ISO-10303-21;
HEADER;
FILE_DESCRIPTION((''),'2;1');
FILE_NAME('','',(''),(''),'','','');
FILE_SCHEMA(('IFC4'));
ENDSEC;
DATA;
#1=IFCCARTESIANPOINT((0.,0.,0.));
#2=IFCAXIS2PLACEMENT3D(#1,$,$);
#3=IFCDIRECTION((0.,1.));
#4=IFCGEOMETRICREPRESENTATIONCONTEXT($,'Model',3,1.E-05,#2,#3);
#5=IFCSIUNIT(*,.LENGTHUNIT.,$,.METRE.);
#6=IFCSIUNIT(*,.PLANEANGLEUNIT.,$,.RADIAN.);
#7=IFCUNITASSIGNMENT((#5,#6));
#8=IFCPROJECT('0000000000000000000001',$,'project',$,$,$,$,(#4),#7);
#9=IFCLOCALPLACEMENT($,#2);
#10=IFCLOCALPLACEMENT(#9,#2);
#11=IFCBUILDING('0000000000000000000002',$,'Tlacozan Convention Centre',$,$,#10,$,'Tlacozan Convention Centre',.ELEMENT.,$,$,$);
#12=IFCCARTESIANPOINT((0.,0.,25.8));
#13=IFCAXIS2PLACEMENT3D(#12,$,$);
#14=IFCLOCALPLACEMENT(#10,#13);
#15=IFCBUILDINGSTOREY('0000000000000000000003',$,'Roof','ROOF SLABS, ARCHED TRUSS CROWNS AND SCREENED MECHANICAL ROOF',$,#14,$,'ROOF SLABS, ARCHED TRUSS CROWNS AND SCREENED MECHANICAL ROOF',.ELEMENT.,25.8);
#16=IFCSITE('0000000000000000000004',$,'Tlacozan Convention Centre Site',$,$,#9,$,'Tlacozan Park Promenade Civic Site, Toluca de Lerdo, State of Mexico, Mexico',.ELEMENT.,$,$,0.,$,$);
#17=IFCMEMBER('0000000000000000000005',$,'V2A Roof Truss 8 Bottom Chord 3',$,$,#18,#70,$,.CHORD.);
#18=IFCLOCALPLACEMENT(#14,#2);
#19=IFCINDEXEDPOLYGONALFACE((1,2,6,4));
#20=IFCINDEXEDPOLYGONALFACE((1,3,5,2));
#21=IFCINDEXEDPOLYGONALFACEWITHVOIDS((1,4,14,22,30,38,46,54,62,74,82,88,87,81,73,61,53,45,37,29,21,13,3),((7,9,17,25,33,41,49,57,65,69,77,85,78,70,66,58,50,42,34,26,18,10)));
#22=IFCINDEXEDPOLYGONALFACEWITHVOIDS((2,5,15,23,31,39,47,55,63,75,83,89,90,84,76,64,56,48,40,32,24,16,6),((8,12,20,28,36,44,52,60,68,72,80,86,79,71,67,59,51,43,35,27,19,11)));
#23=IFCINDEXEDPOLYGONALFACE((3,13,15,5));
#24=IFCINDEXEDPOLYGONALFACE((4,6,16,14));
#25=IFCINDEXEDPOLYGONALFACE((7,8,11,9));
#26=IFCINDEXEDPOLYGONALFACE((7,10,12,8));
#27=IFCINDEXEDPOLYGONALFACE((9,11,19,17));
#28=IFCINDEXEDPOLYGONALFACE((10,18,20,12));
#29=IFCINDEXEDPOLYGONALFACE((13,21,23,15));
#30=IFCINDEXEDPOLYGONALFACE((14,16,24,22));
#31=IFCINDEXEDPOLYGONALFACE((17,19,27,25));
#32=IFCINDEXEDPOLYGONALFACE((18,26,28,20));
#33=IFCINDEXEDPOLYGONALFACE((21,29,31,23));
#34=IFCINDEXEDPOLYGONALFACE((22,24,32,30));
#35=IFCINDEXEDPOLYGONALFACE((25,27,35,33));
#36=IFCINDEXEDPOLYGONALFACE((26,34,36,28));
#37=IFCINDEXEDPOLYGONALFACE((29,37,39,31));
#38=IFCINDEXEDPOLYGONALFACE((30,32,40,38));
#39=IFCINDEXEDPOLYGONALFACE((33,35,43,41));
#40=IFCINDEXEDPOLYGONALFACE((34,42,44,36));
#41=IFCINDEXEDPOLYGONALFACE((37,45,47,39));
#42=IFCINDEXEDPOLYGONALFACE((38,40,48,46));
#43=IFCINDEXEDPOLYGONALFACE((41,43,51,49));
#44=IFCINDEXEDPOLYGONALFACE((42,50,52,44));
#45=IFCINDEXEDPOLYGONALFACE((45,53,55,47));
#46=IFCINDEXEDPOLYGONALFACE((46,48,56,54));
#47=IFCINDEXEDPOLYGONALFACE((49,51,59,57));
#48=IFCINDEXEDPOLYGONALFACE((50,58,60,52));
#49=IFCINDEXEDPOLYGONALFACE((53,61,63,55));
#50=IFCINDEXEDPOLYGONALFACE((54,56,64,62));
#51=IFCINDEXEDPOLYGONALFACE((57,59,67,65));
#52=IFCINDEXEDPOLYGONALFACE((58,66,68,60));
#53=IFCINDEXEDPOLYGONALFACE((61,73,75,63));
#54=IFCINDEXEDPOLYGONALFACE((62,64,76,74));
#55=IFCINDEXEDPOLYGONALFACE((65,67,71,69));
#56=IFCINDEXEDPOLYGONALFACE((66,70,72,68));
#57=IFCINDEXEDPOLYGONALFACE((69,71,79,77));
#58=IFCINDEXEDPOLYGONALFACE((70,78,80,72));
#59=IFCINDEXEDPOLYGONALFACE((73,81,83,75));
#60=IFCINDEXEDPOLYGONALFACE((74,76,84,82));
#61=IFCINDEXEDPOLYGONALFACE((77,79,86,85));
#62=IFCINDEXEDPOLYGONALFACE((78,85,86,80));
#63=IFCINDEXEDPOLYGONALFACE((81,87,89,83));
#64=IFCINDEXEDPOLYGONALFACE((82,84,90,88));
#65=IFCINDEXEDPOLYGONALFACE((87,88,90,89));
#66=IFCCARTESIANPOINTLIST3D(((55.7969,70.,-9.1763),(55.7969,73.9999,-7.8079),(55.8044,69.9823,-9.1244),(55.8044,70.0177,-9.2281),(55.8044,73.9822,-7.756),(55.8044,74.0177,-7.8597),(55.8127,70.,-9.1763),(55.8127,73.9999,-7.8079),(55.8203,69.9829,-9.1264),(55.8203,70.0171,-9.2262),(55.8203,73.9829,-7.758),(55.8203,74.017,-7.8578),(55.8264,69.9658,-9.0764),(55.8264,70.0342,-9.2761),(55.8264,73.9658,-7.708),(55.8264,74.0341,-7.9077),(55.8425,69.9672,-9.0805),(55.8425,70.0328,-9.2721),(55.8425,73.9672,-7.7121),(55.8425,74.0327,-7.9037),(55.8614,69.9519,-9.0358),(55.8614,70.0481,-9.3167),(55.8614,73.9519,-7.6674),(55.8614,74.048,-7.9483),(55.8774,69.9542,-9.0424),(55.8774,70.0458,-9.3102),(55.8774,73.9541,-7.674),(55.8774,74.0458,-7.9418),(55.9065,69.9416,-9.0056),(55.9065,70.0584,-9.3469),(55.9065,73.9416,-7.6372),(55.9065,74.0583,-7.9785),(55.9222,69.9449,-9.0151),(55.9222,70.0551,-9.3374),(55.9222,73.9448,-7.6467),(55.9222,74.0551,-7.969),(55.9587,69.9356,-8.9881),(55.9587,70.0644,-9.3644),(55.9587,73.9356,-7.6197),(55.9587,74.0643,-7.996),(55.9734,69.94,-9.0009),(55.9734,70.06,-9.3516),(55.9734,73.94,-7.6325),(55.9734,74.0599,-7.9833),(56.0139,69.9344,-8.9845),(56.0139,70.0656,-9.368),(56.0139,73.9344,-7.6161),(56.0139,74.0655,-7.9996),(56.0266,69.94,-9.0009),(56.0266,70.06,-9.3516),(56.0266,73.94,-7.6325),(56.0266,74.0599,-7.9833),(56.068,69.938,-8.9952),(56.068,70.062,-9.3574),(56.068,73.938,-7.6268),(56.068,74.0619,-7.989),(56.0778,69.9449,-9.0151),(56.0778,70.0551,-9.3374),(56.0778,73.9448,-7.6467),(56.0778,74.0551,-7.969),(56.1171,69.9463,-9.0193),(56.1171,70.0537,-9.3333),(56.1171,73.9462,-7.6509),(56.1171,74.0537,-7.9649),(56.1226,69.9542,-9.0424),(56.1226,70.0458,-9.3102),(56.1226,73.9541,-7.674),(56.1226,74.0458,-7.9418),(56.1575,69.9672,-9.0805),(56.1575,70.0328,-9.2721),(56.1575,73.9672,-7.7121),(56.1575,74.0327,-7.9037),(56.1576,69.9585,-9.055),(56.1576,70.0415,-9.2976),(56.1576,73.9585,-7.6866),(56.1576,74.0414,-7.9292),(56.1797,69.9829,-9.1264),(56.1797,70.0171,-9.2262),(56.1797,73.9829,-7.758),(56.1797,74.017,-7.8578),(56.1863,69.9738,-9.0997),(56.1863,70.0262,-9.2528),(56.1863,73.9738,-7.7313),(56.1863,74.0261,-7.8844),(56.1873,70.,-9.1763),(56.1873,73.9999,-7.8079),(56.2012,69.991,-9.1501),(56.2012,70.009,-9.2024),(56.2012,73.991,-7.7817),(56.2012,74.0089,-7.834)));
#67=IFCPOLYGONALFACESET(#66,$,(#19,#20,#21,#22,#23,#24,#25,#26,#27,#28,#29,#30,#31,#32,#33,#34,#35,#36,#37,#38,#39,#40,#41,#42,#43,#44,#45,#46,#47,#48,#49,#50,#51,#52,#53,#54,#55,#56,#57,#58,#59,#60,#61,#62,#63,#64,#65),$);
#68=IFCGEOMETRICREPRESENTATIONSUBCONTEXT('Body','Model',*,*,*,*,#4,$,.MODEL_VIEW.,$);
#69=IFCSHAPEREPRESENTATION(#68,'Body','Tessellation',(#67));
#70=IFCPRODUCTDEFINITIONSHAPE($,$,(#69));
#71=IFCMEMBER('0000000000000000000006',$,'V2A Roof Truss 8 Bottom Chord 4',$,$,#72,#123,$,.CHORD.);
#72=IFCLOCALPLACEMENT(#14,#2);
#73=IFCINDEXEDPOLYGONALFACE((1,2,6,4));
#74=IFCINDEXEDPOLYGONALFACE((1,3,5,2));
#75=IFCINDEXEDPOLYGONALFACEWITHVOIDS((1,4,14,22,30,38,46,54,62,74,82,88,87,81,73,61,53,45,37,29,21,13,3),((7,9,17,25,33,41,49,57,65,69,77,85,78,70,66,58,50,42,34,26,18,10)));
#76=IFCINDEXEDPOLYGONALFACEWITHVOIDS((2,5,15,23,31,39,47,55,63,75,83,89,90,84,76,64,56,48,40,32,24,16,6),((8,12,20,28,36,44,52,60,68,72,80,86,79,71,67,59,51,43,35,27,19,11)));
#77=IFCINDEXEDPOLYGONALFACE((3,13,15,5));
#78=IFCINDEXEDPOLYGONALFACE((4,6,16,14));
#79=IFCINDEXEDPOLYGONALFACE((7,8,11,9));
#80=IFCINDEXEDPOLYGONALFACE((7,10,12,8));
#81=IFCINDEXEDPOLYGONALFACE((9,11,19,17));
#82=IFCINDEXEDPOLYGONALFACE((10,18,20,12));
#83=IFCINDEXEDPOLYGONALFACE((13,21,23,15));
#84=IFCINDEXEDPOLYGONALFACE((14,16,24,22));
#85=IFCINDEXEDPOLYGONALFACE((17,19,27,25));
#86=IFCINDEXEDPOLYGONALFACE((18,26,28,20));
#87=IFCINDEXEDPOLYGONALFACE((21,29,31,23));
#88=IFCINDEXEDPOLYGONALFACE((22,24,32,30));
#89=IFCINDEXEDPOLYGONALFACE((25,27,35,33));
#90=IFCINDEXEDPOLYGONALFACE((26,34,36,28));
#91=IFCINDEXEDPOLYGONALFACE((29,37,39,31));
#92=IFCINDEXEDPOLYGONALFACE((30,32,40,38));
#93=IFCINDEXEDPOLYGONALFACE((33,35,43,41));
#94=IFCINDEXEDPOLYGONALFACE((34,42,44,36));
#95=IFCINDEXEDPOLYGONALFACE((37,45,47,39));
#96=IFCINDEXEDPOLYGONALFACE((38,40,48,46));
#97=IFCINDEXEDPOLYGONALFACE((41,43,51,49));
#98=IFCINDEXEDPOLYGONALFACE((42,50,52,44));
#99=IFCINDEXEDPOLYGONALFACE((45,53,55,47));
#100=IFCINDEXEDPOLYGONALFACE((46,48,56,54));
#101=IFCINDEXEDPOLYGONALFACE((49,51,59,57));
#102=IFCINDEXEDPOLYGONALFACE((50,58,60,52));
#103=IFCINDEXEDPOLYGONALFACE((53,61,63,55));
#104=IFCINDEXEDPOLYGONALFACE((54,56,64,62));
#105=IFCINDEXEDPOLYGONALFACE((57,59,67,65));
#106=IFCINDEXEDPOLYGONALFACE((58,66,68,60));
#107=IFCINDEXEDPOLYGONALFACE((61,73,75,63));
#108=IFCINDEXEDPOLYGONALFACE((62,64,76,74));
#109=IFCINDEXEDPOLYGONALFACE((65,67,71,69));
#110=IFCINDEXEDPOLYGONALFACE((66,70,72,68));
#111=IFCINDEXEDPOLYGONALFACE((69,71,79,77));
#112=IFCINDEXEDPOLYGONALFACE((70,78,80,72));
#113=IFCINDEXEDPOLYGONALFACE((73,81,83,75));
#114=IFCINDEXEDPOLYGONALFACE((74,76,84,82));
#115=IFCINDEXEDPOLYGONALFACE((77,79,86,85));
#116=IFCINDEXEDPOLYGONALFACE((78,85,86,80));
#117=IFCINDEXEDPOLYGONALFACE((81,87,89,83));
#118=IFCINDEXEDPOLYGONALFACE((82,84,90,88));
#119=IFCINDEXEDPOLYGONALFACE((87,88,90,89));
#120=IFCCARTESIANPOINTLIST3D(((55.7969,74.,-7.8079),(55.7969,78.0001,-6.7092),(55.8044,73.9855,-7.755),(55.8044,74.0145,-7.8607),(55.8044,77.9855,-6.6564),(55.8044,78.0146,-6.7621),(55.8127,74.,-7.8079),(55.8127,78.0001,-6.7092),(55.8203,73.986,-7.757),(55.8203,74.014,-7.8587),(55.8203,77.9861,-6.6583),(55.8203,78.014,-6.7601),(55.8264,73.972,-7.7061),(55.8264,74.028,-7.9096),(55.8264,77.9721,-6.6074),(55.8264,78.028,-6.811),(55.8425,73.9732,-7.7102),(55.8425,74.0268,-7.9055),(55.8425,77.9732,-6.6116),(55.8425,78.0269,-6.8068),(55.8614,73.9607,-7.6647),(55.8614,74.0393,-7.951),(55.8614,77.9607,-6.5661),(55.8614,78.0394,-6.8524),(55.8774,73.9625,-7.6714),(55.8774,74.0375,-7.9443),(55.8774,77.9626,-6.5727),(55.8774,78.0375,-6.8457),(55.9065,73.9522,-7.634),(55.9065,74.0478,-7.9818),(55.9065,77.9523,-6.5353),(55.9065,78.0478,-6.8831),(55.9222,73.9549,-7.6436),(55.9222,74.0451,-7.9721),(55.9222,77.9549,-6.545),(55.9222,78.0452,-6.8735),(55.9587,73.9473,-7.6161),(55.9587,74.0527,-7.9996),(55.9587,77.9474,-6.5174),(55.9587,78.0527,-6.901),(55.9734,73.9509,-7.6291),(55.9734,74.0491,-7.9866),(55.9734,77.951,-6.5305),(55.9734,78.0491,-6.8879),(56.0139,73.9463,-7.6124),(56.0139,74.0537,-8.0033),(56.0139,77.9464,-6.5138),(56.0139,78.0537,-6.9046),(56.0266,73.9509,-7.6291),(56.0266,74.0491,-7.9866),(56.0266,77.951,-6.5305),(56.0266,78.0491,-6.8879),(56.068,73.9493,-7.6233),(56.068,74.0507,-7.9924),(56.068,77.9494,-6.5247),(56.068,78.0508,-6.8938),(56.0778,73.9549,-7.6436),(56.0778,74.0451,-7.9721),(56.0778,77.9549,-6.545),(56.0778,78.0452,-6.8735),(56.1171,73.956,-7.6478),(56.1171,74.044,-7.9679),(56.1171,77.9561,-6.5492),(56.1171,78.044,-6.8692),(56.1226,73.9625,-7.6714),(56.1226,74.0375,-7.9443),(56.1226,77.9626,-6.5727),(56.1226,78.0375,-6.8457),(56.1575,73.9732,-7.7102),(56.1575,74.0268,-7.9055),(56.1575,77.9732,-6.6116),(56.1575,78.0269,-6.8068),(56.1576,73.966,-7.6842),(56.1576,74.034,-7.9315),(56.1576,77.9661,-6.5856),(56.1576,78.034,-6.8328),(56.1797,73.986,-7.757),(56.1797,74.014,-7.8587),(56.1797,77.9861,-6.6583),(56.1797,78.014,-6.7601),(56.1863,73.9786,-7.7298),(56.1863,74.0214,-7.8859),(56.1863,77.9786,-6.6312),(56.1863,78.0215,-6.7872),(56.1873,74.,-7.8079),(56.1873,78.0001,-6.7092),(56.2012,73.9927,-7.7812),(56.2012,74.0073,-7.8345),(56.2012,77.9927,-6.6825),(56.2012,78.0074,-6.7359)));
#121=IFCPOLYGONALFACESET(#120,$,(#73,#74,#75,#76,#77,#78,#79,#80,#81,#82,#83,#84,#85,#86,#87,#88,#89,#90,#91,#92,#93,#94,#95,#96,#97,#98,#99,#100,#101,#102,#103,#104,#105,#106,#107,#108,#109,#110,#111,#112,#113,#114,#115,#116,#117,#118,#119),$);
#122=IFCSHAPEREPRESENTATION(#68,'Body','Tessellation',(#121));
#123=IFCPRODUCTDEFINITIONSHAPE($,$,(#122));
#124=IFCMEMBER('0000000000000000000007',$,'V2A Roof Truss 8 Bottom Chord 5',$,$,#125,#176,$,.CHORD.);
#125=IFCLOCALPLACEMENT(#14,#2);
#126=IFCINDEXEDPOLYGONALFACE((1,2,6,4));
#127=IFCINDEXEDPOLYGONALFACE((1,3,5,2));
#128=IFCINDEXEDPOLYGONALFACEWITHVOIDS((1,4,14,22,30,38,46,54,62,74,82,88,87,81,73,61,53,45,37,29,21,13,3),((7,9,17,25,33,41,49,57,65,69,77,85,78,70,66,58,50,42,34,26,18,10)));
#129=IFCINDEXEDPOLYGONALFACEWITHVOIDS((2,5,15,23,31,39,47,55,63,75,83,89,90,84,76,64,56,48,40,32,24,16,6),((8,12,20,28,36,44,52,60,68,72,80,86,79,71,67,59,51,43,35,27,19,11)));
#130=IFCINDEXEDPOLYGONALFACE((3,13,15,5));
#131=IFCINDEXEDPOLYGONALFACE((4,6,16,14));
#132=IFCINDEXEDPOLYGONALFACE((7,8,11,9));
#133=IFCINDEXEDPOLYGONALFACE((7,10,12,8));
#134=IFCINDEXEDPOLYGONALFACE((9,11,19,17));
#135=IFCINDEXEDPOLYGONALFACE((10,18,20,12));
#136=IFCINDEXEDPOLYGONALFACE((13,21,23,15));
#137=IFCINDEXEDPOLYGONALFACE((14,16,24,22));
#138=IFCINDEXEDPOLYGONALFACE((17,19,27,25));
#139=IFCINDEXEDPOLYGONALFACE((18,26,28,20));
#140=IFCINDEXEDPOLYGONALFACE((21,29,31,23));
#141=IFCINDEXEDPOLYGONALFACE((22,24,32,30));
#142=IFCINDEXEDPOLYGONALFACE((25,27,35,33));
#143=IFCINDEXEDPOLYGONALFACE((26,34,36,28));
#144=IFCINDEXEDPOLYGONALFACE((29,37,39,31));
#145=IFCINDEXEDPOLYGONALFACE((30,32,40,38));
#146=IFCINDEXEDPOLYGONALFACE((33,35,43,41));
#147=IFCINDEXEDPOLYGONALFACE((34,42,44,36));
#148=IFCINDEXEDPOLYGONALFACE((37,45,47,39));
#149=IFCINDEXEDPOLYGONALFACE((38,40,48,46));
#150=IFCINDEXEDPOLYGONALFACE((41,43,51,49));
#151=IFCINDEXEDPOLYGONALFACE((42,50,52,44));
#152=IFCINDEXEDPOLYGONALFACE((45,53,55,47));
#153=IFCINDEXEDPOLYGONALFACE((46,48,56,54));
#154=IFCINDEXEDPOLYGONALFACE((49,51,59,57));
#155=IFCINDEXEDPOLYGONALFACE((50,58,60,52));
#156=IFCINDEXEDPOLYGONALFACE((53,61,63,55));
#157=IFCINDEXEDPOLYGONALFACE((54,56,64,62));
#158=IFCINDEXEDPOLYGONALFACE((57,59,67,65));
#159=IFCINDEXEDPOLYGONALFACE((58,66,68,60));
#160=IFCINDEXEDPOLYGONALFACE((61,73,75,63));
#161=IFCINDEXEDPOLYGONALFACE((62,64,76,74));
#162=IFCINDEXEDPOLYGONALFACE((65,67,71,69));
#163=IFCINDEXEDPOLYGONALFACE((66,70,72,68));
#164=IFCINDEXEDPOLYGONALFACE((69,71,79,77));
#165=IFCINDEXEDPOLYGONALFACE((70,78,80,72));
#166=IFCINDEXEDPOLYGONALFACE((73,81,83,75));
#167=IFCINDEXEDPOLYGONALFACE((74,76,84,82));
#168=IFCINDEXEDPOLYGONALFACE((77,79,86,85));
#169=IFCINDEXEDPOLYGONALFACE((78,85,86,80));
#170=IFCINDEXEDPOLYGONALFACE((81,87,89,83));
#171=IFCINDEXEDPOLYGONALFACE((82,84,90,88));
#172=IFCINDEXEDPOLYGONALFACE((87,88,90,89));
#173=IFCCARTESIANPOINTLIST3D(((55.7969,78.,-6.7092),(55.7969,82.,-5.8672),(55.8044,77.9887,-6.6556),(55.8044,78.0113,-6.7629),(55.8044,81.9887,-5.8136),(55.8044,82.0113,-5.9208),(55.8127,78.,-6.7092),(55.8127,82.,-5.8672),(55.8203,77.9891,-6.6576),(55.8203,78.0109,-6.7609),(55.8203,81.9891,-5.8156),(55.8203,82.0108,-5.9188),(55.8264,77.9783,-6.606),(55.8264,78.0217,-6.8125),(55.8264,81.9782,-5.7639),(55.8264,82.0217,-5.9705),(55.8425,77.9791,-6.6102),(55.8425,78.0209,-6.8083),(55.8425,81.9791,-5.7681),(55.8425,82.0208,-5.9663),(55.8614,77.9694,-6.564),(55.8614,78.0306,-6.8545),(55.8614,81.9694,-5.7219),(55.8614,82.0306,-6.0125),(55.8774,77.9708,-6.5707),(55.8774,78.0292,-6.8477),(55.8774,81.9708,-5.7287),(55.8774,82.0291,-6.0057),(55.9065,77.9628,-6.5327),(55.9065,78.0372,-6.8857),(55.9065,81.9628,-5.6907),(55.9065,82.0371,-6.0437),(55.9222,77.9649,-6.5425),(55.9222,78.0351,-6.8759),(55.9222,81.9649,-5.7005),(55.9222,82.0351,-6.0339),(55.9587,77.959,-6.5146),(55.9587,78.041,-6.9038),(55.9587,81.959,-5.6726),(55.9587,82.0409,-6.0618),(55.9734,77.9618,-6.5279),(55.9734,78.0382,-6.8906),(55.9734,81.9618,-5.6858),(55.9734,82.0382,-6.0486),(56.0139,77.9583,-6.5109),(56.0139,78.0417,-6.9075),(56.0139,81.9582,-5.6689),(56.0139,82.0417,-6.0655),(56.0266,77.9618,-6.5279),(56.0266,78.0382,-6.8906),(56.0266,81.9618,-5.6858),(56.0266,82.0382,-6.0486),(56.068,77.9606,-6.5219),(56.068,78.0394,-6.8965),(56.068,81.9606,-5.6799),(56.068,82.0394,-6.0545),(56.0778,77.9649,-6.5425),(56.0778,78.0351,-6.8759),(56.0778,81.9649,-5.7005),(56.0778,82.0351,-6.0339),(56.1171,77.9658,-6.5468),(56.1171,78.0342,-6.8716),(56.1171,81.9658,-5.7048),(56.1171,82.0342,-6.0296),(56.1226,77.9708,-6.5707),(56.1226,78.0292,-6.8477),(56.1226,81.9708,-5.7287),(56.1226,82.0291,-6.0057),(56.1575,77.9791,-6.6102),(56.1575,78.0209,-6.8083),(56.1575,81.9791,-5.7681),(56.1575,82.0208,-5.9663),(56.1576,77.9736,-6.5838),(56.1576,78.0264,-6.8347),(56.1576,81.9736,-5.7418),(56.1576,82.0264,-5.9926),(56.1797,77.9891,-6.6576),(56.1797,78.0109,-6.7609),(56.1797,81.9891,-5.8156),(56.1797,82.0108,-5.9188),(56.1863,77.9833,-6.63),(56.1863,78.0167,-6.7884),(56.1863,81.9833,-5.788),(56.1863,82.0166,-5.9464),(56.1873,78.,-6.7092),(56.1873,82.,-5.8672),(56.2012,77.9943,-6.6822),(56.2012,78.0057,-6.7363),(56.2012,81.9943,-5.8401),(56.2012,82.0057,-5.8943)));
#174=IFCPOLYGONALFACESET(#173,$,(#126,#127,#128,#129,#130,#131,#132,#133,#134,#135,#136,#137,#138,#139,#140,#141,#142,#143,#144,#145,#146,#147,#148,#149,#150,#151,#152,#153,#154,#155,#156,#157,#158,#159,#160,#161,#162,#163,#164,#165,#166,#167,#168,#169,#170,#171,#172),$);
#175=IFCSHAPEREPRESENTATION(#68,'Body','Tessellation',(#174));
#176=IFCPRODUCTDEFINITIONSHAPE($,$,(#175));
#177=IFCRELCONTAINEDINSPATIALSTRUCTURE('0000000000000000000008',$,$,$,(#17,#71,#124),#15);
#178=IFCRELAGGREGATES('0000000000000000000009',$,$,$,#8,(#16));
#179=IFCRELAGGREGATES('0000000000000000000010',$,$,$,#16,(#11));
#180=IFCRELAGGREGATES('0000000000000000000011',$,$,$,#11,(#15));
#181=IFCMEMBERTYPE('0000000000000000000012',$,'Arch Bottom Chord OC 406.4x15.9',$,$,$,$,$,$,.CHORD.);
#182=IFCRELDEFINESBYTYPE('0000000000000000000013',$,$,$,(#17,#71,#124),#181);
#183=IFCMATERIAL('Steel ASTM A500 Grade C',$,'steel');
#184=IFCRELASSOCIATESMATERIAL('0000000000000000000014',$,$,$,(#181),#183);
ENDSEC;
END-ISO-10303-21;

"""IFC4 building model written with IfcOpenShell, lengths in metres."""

from ifc_helpers import new_model, si_unit, direction, frame, origin, origin_2d, place, context, subcontext, project, spatial, hollow_circle, extrude, material, material_profile, profile_set, type_object, element, save


model = new_model("IFC4")

# Units and contexts
model_context = context("Model", 3, precision=1e-05, world=origin(), true_north=direction((0.0, 1.0)))
body_context = subcontext(model_context, "Body", "Model", "MODEL_VIEW")
ifc_project = project(units=[si_unit("LENGTHUNIT", "METRE"), si_unit("PLANEANGLEUNIT", "RADIAN")], contexts=[model_context])

# Site, building, storey
site_placement = place(None, origin())
site = spatial("IfcSite", under=ifc_project, at=site_placement, Name="Tlacozan Convention Centre Site", LongName="Tlacozan Park Promenade Civic Site, Toluca de Lerdo, State of Mexico, Mexico", CompositionType="ELEMENT", RefElevation=0.0)
building_placement = place(site_placement, origin())
building = spatial("IfcBuilding", under=site, at=building_placement, Name="Tlacozan Convention Centre", LongName="Tlacozan Convention Centre", CompositionType="ELEMENT")
storey_placement = place(building_placement, frame((0.0, 0.0, 25.8)))
storey = spatial("IfcBuildingStorey", under=building, at=storey_placement, Name="Roof", Description="ROOF SLABS, ARCHED TRUSS CROWNS AND SCREENED MECHANICAL ROOF", LongName="ROOF SLABS, ARCHED TRUSS CROWNS AND SCREENED MECHANICAL ROOF", CompositionType="ELEMENT", Elevation=25.8)

# Members
ifc_material_1 = material(Name="Steel ASTM A500 Grade C", Category="steel")
ifc_material_profile_1 = material_profile(ifc_material_1, hollow_circle(Radius=0.2031, WallThickness=0.0159, at=origin_2d()), Name="OC 406.4x15.9")
ifc_profile_set_1 = profile_set([ifc_material_profile_1], Name="Steel ASTM A500 Grade C")
member_type_1 = type_object("IfcMemberType", Name="Arch Bottom Chord OC 406.4x15.9", PredefinedType="CHORD", material=ifc_profile_set_1)
member_1_placement = place(storey_placement, frame((56.0, 70.0, -9.1763), z_axis=(0.0, 0.946165, 0.323685), x_axis=(-1.0, 0.0, 0.0)))
element("IfcMember", 1, at=member_1_placement, inside=storey, type_object=member_type_1, Name="V2A Roof Truss 8 Bottom Chord 3", PredefinedType="CHORD", context=body_context, shape_type="SweptSolid", body=[
    extrude(hollow_circle(Radius=0.2031, WallThickness=0.0159, at=origin_2d()), origin(), (0.0, 0.0, 1.0), 4.2275),
])
member_2_placement = place(storey_placement, frame((56.0, 74.0, -7.8079), z_axis=(0.0, 0.96429, 0.26485), x_axis=(-1.0, 0.0, 0.0)))
element("IfcMember", 2, at=member_2_placement, inside=storey, type_object=member_type_1, Name="V2A Roof Truss 8 Bottom Chord 4", PredefinedType="CHORD", context=body_context, shape_type="SweptSolid", body=[
    extrude(hollow_circle(Radius=0.2031, WallThickness=0.0159, at=origin_2d()), origin(), (0.0, 0.0, 1.0), 4.1482),
])
member_3_placement = place(storey_placement, frame((56.0, 78.0, -6.7092), z_axis=(0.0, 0.978553, 0.205995), x_axis=(-1.0, 0.0, 0.0)))
element("IfcMember", 3, at=member_3_placement, inside=storey, type_object=member_type_1, Name="V2A Roof Truss 8 Bottom Chord 5", PredefinedType="CHORD", context=body_context, shape_type="SweptSolid", body=[
    extrude(hollow_circle(Radius=0.2031, WallThickness=0.0159, at=origin_2d()), origin(), (0.0, 0.0, 1.0), 4.0876),
])

save(model, "model.ifc")
